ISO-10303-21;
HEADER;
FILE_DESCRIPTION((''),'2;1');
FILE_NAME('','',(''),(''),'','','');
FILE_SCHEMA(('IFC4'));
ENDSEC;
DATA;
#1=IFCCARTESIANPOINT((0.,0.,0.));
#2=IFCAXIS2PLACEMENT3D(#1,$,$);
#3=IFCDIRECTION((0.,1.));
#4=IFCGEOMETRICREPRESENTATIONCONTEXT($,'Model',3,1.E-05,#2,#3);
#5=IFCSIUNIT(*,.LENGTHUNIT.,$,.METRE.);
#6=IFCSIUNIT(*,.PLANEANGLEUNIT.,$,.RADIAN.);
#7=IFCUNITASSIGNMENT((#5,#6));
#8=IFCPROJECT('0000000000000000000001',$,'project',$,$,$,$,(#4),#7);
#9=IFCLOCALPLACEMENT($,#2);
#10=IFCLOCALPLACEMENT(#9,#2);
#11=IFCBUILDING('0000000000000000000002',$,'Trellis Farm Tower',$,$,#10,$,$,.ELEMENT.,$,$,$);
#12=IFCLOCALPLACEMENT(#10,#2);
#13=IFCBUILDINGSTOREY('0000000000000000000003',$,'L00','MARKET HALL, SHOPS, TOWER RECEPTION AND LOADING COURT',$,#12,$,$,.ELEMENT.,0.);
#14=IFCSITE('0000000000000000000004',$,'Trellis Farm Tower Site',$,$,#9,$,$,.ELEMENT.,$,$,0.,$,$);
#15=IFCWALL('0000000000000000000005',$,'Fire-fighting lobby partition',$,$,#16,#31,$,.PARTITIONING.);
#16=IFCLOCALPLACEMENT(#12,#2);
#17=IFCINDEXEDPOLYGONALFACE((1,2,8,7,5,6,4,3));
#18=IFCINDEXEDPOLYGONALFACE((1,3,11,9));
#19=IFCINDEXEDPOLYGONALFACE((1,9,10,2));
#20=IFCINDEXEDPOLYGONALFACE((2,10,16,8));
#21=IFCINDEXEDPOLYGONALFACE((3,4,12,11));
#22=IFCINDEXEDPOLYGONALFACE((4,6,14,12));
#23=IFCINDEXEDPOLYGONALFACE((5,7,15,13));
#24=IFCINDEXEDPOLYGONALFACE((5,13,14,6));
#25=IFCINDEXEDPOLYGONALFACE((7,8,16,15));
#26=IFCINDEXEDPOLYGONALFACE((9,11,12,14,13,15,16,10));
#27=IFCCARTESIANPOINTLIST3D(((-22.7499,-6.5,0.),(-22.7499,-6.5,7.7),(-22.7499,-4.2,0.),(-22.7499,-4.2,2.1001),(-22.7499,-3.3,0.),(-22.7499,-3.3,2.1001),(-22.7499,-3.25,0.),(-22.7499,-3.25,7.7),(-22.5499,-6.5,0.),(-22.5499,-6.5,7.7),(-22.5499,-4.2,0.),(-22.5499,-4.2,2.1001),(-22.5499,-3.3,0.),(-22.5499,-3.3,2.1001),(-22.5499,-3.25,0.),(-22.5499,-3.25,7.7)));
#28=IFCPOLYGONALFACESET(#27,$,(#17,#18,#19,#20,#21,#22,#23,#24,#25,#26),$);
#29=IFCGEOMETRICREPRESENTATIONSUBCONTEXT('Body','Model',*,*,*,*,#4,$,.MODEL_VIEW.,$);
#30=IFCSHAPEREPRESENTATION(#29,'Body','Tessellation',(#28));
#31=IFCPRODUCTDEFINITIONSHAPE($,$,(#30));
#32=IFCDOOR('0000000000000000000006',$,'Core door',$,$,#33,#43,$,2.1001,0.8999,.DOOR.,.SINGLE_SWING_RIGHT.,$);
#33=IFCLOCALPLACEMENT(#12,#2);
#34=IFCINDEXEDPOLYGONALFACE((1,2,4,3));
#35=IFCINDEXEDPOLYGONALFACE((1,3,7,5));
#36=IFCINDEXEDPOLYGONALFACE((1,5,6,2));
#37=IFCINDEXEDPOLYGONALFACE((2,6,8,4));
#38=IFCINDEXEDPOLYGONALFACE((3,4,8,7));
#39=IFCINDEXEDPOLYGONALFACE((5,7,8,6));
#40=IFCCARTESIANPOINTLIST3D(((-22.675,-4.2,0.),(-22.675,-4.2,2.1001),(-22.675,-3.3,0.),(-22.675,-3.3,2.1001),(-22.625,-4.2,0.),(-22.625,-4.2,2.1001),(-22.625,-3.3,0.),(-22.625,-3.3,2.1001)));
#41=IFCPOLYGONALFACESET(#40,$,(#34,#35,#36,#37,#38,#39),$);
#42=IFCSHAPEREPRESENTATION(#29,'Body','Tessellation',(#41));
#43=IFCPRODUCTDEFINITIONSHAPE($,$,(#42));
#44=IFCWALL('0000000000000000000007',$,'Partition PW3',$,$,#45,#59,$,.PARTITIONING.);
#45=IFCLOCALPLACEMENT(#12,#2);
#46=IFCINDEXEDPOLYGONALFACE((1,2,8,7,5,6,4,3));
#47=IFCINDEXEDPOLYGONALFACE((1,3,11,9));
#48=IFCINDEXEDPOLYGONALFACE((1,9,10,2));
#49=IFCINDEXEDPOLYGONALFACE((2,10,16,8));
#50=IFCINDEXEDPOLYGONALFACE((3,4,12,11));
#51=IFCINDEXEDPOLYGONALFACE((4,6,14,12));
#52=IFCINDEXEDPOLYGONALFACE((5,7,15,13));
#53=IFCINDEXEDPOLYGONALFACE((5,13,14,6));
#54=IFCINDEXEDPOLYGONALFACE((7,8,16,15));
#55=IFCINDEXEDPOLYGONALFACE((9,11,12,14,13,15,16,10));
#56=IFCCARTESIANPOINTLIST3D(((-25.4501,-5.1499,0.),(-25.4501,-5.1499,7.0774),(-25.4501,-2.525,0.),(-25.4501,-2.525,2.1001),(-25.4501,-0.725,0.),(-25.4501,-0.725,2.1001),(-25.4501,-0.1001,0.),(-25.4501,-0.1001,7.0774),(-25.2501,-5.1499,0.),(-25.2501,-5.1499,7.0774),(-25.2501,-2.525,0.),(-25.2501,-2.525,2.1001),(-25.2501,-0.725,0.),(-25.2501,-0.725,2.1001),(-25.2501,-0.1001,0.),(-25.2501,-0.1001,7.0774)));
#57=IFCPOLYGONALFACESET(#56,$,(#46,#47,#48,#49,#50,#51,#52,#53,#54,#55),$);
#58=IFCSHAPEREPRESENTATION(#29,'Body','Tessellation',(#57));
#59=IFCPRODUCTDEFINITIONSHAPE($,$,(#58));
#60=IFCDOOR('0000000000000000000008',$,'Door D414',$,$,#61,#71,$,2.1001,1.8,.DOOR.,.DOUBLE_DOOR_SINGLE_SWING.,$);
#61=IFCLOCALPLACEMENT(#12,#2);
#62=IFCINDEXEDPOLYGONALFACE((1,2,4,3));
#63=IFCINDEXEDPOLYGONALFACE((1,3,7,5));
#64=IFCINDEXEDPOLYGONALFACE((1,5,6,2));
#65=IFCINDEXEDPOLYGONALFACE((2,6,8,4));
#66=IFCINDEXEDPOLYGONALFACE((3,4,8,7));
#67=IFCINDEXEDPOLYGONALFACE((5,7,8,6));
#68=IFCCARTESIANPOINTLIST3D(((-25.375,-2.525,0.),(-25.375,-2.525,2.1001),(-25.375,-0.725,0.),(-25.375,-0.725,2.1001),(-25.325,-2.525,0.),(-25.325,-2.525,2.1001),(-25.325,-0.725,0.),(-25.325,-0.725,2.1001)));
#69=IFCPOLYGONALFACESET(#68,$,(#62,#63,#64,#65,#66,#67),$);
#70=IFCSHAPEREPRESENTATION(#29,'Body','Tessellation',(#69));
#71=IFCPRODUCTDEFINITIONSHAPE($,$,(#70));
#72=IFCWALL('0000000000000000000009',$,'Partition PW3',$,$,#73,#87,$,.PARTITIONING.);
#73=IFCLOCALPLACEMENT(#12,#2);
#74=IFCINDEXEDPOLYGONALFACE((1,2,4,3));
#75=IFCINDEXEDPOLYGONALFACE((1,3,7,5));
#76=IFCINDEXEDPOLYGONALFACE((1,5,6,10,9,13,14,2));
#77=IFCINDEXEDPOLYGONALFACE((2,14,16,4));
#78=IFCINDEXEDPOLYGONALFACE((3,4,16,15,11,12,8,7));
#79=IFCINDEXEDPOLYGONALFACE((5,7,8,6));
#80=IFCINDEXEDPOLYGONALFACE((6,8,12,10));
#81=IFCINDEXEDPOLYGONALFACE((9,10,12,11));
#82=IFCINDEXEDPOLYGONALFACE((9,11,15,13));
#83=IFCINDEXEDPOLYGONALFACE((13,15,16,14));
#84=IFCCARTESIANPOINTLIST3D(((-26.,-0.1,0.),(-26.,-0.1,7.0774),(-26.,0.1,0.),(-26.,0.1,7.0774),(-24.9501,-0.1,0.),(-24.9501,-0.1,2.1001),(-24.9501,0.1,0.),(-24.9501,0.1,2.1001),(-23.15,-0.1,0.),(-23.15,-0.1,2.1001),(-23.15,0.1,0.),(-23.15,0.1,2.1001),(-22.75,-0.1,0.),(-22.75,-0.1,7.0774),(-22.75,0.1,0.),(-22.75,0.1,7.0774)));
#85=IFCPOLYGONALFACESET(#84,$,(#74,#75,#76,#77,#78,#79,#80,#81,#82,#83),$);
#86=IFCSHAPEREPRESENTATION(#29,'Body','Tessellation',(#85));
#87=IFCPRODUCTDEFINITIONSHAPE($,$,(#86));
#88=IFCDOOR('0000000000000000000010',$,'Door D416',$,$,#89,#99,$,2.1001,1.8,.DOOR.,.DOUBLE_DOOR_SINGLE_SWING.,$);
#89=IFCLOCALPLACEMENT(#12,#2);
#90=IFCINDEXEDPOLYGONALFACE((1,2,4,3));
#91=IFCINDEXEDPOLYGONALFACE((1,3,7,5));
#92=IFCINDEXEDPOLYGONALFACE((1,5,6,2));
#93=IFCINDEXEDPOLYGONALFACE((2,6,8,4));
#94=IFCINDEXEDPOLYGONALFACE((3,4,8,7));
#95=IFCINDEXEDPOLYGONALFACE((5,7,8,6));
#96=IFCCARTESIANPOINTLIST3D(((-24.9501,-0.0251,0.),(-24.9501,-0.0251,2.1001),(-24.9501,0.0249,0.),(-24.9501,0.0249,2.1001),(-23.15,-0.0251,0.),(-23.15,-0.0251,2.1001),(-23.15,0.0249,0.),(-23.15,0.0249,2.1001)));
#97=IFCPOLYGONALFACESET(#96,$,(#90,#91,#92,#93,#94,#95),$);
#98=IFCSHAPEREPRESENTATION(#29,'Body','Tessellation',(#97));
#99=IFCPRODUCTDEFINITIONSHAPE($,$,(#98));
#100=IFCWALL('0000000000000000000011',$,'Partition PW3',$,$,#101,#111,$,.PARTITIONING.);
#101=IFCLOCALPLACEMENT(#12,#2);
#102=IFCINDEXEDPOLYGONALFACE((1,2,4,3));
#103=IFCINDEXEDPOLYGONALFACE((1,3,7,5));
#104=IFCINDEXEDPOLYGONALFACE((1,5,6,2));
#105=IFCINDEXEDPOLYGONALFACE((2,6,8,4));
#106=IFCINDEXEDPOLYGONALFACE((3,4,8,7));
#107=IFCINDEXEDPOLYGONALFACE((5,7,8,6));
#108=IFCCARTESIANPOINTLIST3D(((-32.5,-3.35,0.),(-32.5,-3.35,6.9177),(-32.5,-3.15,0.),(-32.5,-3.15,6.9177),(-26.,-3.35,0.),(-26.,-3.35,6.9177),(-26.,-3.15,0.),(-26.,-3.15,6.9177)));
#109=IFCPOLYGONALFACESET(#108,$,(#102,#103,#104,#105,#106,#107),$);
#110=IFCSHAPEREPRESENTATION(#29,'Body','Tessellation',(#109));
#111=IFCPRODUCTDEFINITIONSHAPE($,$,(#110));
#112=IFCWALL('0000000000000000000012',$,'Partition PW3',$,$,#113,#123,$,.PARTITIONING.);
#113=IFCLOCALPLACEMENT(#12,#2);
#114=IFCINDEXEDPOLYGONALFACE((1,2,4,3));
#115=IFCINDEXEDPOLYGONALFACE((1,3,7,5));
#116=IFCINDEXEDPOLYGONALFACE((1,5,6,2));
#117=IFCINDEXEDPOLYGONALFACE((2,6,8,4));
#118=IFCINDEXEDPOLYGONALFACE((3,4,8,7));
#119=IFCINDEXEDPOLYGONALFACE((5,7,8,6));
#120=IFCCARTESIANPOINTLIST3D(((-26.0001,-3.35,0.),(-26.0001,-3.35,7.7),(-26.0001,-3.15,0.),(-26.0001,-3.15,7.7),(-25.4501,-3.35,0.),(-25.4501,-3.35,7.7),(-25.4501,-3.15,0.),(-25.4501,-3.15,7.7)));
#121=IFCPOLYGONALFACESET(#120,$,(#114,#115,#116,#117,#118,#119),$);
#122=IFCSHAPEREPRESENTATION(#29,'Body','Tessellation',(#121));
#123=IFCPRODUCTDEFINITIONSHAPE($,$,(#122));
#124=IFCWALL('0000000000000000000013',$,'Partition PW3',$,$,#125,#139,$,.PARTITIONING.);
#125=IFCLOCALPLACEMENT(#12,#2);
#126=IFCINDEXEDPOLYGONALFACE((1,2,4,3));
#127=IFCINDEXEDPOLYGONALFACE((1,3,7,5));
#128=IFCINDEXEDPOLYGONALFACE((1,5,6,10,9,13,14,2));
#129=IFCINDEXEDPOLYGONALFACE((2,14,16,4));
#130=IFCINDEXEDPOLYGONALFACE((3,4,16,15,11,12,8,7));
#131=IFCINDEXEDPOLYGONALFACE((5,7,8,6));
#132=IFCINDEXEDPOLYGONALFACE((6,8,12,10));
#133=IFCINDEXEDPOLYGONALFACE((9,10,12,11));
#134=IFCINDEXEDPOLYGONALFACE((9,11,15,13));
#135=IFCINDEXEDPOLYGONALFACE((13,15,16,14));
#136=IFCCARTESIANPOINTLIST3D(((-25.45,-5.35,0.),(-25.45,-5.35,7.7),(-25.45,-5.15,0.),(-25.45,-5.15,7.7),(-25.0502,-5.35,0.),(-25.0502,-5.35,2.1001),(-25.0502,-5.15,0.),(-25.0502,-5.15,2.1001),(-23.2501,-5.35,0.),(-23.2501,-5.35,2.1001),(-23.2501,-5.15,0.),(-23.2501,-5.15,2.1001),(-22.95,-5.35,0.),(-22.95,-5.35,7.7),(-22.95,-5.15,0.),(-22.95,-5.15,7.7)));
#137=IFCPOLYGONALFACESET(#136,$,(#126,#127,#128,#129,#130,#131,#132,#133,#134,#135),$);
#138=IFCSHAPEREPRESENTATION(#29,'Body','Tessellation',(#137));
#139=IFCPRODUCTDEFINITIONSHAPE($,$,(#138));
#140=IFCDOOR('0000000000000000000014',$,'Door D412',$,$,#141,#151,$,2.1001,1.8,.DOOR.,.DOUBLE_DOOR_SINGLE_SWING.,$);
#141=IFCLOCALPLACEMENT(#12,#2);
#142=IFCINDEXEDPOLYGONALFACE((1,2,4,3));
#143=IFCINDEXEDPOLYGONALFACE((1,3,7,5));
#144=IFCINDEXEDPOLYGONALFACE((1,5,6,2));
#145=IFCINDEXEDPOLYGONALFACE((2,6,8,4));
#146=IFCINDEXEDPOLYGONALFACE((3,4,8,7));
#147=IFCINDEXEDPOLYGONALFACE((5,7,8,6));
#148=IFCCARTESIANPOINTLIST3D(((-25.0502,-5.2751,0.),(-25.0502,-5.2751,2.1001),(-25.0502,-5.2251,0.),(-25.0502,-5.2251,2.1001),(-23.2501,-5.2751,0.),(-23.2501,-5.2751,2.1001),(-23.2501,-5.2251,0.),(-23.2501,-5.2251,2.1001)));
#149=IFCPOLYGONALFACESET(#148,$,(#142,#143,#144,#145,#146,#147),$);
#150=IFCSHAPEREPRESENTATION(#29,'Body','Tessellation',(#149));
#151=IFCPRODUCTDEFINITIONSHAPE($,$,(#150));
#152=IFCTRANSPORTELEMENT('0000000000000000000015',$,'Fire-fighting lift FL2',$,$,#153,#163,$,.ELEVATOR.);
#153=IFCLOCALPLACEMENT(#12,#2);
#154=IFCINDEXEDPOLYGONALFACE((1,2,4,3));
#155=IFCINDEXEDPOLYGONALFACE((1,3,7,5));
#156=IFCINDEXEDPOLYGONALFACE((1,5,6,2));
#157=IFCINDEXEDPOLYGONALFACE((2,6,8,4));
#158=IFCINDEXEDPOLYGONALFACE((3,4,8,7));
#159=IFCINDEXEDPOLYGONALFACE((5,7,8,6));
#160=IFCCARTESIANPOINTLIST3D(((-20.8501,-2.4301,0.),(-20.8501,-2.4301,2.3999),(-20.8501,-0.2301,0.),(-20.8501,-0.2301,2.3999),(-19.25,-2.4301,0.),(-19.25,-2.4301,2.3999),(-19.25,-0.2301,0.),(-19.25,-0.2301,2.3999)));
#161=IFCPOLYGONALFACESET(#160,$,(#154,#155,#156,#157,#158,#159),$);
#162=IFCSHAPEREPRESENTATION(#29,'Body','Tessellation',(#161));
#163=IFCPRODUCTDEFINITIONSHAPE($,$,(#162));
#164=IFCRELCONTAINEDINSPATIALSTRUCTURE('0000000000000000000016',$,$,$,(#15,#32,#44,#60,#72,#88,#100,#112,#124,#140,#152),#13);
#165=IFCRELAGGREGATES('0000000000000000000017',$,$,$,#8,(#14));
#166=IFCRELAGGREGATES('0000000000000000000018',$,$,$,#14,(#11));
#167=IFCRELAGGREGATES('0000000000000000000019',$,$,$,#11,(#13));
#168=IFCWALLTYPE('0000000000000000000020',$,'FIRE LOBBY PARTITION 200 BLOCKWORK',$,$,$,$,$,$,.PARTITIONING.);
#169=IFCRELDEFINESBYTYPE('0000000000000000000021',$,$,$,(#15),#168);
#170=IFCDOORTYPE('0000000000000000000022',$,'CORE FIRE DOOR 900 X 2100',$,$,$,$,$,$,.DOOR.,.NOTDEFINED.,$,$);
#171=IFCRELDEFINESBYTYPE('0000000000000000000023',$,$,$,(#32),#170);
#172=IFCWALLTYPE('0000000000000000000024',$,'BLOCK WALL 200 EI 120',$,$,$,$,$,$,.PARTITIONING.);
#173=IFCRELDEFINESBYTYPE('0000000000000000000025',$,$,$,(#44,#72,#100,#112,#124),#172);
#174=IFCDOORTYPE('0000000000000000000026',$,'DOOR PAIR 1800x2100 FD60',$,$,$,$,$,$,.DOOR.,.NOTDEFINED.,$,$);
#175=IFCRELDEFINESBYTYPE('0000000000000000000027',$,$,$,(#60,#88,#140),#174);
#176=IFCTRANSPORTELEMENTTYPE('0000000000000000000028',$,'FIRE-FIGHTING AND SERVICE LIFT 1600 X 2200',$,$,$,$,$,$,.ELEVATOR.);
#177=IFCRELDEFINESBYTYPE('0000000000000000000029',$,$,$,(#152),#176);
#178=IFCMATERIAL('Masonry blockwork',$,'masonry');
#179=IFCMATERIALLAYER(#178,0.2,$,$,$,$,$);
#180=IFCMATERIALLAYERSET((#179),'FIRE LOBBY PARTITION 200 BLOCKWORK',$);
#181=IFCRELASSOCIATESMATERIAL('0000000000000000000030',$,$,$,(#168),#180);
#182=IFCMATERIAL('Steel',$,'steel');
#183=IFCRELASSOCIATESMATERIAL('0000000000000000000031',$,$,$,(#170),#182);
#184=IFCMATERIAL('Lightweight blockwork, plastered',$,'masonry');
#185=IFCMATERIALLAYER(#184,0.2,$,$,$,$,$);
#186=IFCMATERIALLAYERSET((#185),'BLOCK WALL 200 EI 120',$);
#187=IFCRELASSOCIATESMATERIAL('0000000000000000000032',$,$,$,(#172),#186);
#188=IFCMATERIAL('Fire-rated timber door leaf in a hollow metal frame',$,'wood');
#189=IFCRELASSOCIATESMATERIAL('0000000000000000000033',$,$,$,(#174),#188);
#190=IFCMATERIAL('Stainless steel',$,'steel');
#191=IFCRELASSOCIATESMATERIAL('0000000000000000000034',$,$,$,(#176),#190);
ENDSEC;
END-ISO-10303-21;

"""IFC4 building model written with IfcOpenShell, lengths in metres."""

from ifc_helpers import new_model, si_unit, direction, frame, frame_2d, origin, origin_2d, place, context, subcontext, project, spatial, rectangle, extrude, source, transform, mapped, material, layer, layer_set, type_object, element, fill, save


model = new_model("IFC4")

# Units and contexts
model_context = context("Model", 3, precision=1e-05, world=origin(), true_north=direction((0.0, 1.0)))
body_context = subcontext(model_context, "Body", "Model", "MODEL_VIEW")
ifc_project = project(units=[si_unit("LENGTHUNIT", "METRE"), si_unit("PLANEANGLEUNIT", "RADIAN")], contexts=[model_context])

# Site, building, storey
site_placement = place(None, origin())
site = spatial("IfcSite", under=ifc_project, at=site_placement, Name="Trellis Farm Tower Site", CompositionType="ELEMENT", RefElevation=0.0)
building_placement = place(site_placement, origin())
building = spatial("IfcBuilding", under=site, at=building_placement, Name="Trellis Farm Tower", CompositionType="ELEMENT")
storey_placement = place(building_placement, origin())
storey = spatial("IfcBuildingStorey", under=building, at=storey_placement, Name="L00", Description="MARKET HALL, SHOPS, TOWER RECEPTION AND LOADING COURT", CompositionType="ELEMENT", Elevation=0.0)

# Walls, openings, doors
ifc_material_1 = material(Name="Masonry blockwork", Category="masonry")
ifc_layer_1 = layer(ifc_material_1, 0.2)
ifc_layer_set_1 = layer_set([ifc_layer_1], Name="FIRE LOBBY PARTITION 200 BLOCKWORK")
wall_type_1 = type_object("IfcWallType", Name="FIRE LOBBY PARTITION 200 BLOCKWORK", PredefinedType="PARTITIONING", material=ifc_layer_set_1)
shared_shape_1 = source(origin(), body_context, "Body", "SweptSolid", [
    extrude(rectangle(XDim=3.25, YDim=0.2, at=frame_2d((1.625, 0.0))), origin(), (0.0, 0.0, 1.0), 7.7),
])
wall_1_placement = place(storey_placement, frame((-22.6499, -3.25, 0.0), z_axis=(0.0, 0.0, 1.0), x_axis=(0.0, -1.0, 0.0)))
wall_1 = element("IfcWall", 1, at=wall_1_placement, inside=storey, type_object=wall_type_1, Name="Fire-fighting lobby partition", PredefinedType="PARTITIONING", context=body_context, shape_type="MappedRepresentation", body=[
    mapped(shared_shape_1, transform((0.0, 0.0, 0.0))),
])
shared_shape_2 = source(origin(), body_context, "Body", "SweptSolid", [
    extrude(rectangle(XDim=0.8999, YDim=2.1001, at=frame_2d((0.45, 1.05))), frame((0.0, 0.1101, 0.0), z_axis=(0.0, -1.0, 0.0), x_axis=(1.0, 0.0, 0.0)), (0.0, 0.0, 1.0), 0.2202),
])
opening_1_placement = place(wall_1_placement, frame((0.05, 0.0, 0.0)))
opening_1 = element("IfcOpeningElement", 2, at=opening_1_placement, cuts=wall_1, PredefinedType="OPENING", context=body_context, shape_type="MappedRepresentation", body=[
    mapped(shared_shape_2, transform((0.0, 0.0, 0.0))),
])
ifc_material_2 = material(Name="Steel", Category="steel")
door_type_1 = type_object("IfcDoorType", Name="CORE FIRE DOOR 900 X 2100", OperationType="NOTDEFINED", PredefinedType="DOOR", material=ifc_material_2)
shared_shape_3 = source(origin(), body_context, "Body", "SweptSolid", [
    extrude(rectangle(XDim=0.8999, YDim=2.1001, at=frame_2d((0.45, 1.05))), frame((0.0, 0.0249, 0.0), z_axis=(0.0, -1.0, 0.0), x_axis=(1.0, 0.0, 0.0)), (0.0, 0.0, 1.0), 0.05),
])
door_1_placement = place(opening_1_placement, origin())
door_1 = element("IfcDoor", 3, at=door_1_placement, inside=storey, type_object=door_type_1, Name="Core door", OperationType="SINGLE_SWING_RIGHT", OverallHeight=2.1001, OverallWidth=0.8999, PredefinedType="DOOR", context=body_context, shape_type="MappedRepresentation", body=[
    mapped(shared_shape_3, transform((0.0, 0.0, 0.0))),
])
fill(opening_1, door_1)
ifc_material_3 = material(Name="Lightweight blockwork, plastered", Category="masonry")
ifc_layer_2 = layer(ifc_material_3, 0.2)
ifc_layer_set_2 = layer_set([ifc_layer_2], Name="BLOCK WALL 200 EI 120")
wall_type_2 = type_object("IfcWallType", Name="BLOCK WALL 200 EI 120", PredefinedType="PARTITIONING", material=ifc_layer_set_2)
shared_shape_4 = source(origin(), body_context, "Body", "SweptSolid", [
    extrude(rectangle(XDim=5.0498, YDim=0.2, at=frame_2d((2.5249, 0.0))), origin(), (0.0, 0.0, 1.0), 7.0774),
])
wall_2_placement = place(storey_placement, frame((-25.3501, -5.1499, 0.0), z_axis=(0.0, 0.0, 1.0), x_axis=(0.0, 1.0, 0.0)))
wall_2 = element("IfcWall", 4, at=wall_2_placement, inside=storey, type_object=wall_type_2, Name="Partition PW3", PredefinedType="PARTITIONING", context=body_context, shape_type="MappedRepresentation", body=[
    mapped(shared_shape_4, transform((0.0, 0.0, 0.0))),
])
shared_shape_5 = source(origin(), body_context, "Body", "SweptSolid", [
    extrude(rectangle(XDim=1.8, YDim=2.1001, at=frame_2d((0.8999, 1.05))), frame((0.0, 0.1101, 0.0), z_axis=(0.0, -1.0, 0.0), x_axis=(1.0, 0.0, 0.0)), (0.0, 0.0, 1.0), 0.2202),
])
opening_2_placement = place(wall_2_placement, frame((2.625, 0.0, 0.0)))
opening_2 = element("IfcOpeningElement", 5, at=opening_2_placement, cuts=wall_2, PredefinedType="OPENING", context=body_context, shape_type="MappedRepresentation", body=[
    mapped(shared_shape_5, transform((0.0, 0.0, 0.0))),
])
ifc_material_4 = material(Name="Fire-rated timber door leaf in a hollow metal frame", Category="wood")
door_type_2 = type_object("IfcDoorType", Name="DOOR PAIR 1800x2100 FD60", OperationType="NOTDEFINED", PredefinedType="DOOR", material=ifc_material_4)
shared_shape_6 = source(origin(), body_context, "Body", "SweptSolid", [
    extrude(rectangle(XDim=1.8, YDim=2.1001, at=frame_2d((0.8999, 1.05))), frame((0.0, 0.0249, 0.0), z_axis=(0.0, -1.0, 0.0), x_axis=(1.0, 0.0, 0.0)), (0.0, 0.0, 1.0), 0.05),
])
door_2_placement = place(opening_2_placement, origin())
door_2 = element("IfcDoor", 6, at=door_2_placement, inside=storey, type_object=door_type_2, Name="Door D414", OperationType="DOUBLE_DOOR_SINGLE_SWING", OverallHeight=2.1001, OverallWidth=1.8, PredefinedType="DOOR", context=body_context, shape_type="MappedRepresentation", body=[
    mapped(shared_shape_6, transform((0.0, 0.0, 0.0))),
])
fill(opening_2, door_2)
shared_shape_7 = source(origin(), body_context, "Body", "SweptSolid", [
    extrude(rectangle(XDim=3.25, YDim=0.2, at=frame_2d((1.625, 0.0))), origin(), (0.0, 0.0, 1.0), 7.0774),
])
wall_3_placement = place(storey_placement, frame((-26.0, 0.0, 0.0), z_axis=(0.0, 0.0, 1.0), x_axis=(1.0, 0.0, 0.0)))
wall_3 = element("IfcWall", 7, at=wall_3_placement, inside=storey, type_object=wall_type_2, Name="Partition PW3", PredefinedType="PARTITIONING", context=body_context, shape_type="MappedRepresentation", body=[
    mapped(shared_shape_7, transform((0.0, 0.0, 0.0))),
])
opening_3_placement = place(wall_3_placement, frame((1.05, 0.0, 0.0)))
opening_3 = element("IfcOpeningElement", 8, at=opening_3_placement, cuts=wall_3, PredefinedType="OPENING", context=body_context, shape_type="MappedRepresentation", body=[
    mapped(shared_shape_5, transform((0.0, 0.0, 0.0))),
])
door_3_placement = place(opening_3_placement, origin())
door_3 = element("IfcDoor", 9, at=door_3_placement, inside=storey, type_object=door_type_2, Name="Door D416", OperationType="DOUBLE_DOOR_SINGLE_SWING", OverallHeight=2.1001, OverallWidth=1.8, PredefinedType="DOOR", context=body_context, shape_type="MappedRepresentation", body=[
    mapped(shared_shape_6, transform((0.0, 0.0, 0.0))),
])
fill(opening_3, door_3)

# Walls
shared_shape_8 = source(origin(), body_context, "Body", "SweptSolid", [
    extrude(rectangle(XDim=6.5, YDim=0.2, at=frame_2d((3.25, 0.0))), origin(), (0.0, 0.0, 1.0), 6.9177),
])
wall_4_placement = place(storey_placement, frame((-26.0, -3.25, 0.0), z_axis=(0.0, 0.0, 1.0), x_axis=(-1.0, 0.0, 0.0)))
element("IfcWall", 10, at=wall_4_placement, inside=storey, type_object=wall_type_2, Name="Partition PW3", PredefinedType="PARTITIONING", context=body_context, shape_type="MappedRepresentation", body=[
    mapped(shared_shape_8, transform((0.0, 0.0, 0.0))),
])
shared_shape_9 = source(origin(), body_context, "Body", "SweptSolid", [
    extrude(rectangle(XDim=0.55, YDim=0.2, at=frame_2d((0.2749, 0.0))), origin(), (0.0, 0.0, 1.0), 7.7),
])
wall_5_placement = place(storey_placement, frame((-26.0, -3.25, 0.0), z_axis=(0.0, 0.0, 1.0), x_axis=(1.0, 0.0, 0.0)))
element("IfcWall", 11, at=wall_5_placement, inside=storey, type_object=wall_type_2, Name="Partition PW3", PredefinedType="PARTITIONING", context=body_context, shape_type="MappedRepresentation", body=[
    mapped(shared_shape_9, transform((0.0, 0.0, 0.0))),
])

# Wall, opening, door
shared_shape_10 = source(origin(), body_context, "Body", "SweptSolid", [
    extrude(rectangle(XDim=2.5, YDim=0.2, at=frame_2d((1.25, 0.0))), origin(), (0.0, 0.0, 1.0), 7.7),
])
wall_6_placement = place(storey_placement, frame((-25.45, -5.25, 0.0), z_axis=(0.0, 0.0, 1.0), x_axis=(1.0, 0.0, 0.0)))
wall_6 = element("IfcWall", 12, at=wall_6_placement, inside=storey, type_object=wall_type_2, Name="Partition PW3", PredefinedType="PARTITIONING", context=body_context, shape_type="MappedRepresentation", body=[
    mapped(shared_shape_10, transform((0.0, 0.0, 0.0))),
])
opening_4_placement = place(wall_6_placement, frame((0.3999, 0.0, 0.0)))
opening_4 = element("IfcOpeningElement", 13, at=opening_4_placement, cuts=wall_6, PredefinedType="OPENING", context=body_context, shape_type="MappedRepresentation", body=[
    mapped(shared_shape_5, transform((0.0, 0.0, 0.0))),
])
door_4_placement = place(opening_4_placement, origin())
door_4 = element("IfcDoor", 14, at=door_4_placement, inside=storey, type_object=door_type_2, Name="Door D412", OperationType="DOUBLE_DOOR_SINGLE_SWING", OverallHeight=2.1001, OverallWidth=1.8, PredefinedType="DOOR", context=body_context, shape_type="MappedRepresentation", body=[
    mapped(shared_shape_6, transform((0.0, 0.0, 0.0))),
])
fill(opening_4, door_4)

# Transport element
ifc_material_5 = material(Name="Stainless steel", Category="steel")
transport_element_type = type_object("IfcTransportElementType", Name="FIRE-FIGHTING AND SERVICE LIFT 1600 X 2200", PredefinedType="ELEVATOR", material=ifc_material_5)
shared_shape_11 = source(origin(), body_context, "Body", "SweptSolid", [
    extrude(rectangle(XDim=1.6001, YDim=2.2, at=origin_2d()), origin(), (0.0, 0.0, 1.0), 2.3999),
])
transport_element_placement = place(storey_placement, frame((-20.05, -1.3301, 0.0), z_axis=(0.0, 0.0, 1.0), x_axis=(-1.0, 0.0, 0.0)))
element("IfcTransportElement", 15, at=transport_element_placement, inside=storey, type_object=transport_element_type, Name="Fire-fighting lift FL2", PredefinedType="ELEVATOR", context=body_context, shape_type="MappedRepresentation", body=[
    mapped(shared_shape_11, transform((0.0, 0.0, 0.0))),
])

save(model, "model.ifc")
